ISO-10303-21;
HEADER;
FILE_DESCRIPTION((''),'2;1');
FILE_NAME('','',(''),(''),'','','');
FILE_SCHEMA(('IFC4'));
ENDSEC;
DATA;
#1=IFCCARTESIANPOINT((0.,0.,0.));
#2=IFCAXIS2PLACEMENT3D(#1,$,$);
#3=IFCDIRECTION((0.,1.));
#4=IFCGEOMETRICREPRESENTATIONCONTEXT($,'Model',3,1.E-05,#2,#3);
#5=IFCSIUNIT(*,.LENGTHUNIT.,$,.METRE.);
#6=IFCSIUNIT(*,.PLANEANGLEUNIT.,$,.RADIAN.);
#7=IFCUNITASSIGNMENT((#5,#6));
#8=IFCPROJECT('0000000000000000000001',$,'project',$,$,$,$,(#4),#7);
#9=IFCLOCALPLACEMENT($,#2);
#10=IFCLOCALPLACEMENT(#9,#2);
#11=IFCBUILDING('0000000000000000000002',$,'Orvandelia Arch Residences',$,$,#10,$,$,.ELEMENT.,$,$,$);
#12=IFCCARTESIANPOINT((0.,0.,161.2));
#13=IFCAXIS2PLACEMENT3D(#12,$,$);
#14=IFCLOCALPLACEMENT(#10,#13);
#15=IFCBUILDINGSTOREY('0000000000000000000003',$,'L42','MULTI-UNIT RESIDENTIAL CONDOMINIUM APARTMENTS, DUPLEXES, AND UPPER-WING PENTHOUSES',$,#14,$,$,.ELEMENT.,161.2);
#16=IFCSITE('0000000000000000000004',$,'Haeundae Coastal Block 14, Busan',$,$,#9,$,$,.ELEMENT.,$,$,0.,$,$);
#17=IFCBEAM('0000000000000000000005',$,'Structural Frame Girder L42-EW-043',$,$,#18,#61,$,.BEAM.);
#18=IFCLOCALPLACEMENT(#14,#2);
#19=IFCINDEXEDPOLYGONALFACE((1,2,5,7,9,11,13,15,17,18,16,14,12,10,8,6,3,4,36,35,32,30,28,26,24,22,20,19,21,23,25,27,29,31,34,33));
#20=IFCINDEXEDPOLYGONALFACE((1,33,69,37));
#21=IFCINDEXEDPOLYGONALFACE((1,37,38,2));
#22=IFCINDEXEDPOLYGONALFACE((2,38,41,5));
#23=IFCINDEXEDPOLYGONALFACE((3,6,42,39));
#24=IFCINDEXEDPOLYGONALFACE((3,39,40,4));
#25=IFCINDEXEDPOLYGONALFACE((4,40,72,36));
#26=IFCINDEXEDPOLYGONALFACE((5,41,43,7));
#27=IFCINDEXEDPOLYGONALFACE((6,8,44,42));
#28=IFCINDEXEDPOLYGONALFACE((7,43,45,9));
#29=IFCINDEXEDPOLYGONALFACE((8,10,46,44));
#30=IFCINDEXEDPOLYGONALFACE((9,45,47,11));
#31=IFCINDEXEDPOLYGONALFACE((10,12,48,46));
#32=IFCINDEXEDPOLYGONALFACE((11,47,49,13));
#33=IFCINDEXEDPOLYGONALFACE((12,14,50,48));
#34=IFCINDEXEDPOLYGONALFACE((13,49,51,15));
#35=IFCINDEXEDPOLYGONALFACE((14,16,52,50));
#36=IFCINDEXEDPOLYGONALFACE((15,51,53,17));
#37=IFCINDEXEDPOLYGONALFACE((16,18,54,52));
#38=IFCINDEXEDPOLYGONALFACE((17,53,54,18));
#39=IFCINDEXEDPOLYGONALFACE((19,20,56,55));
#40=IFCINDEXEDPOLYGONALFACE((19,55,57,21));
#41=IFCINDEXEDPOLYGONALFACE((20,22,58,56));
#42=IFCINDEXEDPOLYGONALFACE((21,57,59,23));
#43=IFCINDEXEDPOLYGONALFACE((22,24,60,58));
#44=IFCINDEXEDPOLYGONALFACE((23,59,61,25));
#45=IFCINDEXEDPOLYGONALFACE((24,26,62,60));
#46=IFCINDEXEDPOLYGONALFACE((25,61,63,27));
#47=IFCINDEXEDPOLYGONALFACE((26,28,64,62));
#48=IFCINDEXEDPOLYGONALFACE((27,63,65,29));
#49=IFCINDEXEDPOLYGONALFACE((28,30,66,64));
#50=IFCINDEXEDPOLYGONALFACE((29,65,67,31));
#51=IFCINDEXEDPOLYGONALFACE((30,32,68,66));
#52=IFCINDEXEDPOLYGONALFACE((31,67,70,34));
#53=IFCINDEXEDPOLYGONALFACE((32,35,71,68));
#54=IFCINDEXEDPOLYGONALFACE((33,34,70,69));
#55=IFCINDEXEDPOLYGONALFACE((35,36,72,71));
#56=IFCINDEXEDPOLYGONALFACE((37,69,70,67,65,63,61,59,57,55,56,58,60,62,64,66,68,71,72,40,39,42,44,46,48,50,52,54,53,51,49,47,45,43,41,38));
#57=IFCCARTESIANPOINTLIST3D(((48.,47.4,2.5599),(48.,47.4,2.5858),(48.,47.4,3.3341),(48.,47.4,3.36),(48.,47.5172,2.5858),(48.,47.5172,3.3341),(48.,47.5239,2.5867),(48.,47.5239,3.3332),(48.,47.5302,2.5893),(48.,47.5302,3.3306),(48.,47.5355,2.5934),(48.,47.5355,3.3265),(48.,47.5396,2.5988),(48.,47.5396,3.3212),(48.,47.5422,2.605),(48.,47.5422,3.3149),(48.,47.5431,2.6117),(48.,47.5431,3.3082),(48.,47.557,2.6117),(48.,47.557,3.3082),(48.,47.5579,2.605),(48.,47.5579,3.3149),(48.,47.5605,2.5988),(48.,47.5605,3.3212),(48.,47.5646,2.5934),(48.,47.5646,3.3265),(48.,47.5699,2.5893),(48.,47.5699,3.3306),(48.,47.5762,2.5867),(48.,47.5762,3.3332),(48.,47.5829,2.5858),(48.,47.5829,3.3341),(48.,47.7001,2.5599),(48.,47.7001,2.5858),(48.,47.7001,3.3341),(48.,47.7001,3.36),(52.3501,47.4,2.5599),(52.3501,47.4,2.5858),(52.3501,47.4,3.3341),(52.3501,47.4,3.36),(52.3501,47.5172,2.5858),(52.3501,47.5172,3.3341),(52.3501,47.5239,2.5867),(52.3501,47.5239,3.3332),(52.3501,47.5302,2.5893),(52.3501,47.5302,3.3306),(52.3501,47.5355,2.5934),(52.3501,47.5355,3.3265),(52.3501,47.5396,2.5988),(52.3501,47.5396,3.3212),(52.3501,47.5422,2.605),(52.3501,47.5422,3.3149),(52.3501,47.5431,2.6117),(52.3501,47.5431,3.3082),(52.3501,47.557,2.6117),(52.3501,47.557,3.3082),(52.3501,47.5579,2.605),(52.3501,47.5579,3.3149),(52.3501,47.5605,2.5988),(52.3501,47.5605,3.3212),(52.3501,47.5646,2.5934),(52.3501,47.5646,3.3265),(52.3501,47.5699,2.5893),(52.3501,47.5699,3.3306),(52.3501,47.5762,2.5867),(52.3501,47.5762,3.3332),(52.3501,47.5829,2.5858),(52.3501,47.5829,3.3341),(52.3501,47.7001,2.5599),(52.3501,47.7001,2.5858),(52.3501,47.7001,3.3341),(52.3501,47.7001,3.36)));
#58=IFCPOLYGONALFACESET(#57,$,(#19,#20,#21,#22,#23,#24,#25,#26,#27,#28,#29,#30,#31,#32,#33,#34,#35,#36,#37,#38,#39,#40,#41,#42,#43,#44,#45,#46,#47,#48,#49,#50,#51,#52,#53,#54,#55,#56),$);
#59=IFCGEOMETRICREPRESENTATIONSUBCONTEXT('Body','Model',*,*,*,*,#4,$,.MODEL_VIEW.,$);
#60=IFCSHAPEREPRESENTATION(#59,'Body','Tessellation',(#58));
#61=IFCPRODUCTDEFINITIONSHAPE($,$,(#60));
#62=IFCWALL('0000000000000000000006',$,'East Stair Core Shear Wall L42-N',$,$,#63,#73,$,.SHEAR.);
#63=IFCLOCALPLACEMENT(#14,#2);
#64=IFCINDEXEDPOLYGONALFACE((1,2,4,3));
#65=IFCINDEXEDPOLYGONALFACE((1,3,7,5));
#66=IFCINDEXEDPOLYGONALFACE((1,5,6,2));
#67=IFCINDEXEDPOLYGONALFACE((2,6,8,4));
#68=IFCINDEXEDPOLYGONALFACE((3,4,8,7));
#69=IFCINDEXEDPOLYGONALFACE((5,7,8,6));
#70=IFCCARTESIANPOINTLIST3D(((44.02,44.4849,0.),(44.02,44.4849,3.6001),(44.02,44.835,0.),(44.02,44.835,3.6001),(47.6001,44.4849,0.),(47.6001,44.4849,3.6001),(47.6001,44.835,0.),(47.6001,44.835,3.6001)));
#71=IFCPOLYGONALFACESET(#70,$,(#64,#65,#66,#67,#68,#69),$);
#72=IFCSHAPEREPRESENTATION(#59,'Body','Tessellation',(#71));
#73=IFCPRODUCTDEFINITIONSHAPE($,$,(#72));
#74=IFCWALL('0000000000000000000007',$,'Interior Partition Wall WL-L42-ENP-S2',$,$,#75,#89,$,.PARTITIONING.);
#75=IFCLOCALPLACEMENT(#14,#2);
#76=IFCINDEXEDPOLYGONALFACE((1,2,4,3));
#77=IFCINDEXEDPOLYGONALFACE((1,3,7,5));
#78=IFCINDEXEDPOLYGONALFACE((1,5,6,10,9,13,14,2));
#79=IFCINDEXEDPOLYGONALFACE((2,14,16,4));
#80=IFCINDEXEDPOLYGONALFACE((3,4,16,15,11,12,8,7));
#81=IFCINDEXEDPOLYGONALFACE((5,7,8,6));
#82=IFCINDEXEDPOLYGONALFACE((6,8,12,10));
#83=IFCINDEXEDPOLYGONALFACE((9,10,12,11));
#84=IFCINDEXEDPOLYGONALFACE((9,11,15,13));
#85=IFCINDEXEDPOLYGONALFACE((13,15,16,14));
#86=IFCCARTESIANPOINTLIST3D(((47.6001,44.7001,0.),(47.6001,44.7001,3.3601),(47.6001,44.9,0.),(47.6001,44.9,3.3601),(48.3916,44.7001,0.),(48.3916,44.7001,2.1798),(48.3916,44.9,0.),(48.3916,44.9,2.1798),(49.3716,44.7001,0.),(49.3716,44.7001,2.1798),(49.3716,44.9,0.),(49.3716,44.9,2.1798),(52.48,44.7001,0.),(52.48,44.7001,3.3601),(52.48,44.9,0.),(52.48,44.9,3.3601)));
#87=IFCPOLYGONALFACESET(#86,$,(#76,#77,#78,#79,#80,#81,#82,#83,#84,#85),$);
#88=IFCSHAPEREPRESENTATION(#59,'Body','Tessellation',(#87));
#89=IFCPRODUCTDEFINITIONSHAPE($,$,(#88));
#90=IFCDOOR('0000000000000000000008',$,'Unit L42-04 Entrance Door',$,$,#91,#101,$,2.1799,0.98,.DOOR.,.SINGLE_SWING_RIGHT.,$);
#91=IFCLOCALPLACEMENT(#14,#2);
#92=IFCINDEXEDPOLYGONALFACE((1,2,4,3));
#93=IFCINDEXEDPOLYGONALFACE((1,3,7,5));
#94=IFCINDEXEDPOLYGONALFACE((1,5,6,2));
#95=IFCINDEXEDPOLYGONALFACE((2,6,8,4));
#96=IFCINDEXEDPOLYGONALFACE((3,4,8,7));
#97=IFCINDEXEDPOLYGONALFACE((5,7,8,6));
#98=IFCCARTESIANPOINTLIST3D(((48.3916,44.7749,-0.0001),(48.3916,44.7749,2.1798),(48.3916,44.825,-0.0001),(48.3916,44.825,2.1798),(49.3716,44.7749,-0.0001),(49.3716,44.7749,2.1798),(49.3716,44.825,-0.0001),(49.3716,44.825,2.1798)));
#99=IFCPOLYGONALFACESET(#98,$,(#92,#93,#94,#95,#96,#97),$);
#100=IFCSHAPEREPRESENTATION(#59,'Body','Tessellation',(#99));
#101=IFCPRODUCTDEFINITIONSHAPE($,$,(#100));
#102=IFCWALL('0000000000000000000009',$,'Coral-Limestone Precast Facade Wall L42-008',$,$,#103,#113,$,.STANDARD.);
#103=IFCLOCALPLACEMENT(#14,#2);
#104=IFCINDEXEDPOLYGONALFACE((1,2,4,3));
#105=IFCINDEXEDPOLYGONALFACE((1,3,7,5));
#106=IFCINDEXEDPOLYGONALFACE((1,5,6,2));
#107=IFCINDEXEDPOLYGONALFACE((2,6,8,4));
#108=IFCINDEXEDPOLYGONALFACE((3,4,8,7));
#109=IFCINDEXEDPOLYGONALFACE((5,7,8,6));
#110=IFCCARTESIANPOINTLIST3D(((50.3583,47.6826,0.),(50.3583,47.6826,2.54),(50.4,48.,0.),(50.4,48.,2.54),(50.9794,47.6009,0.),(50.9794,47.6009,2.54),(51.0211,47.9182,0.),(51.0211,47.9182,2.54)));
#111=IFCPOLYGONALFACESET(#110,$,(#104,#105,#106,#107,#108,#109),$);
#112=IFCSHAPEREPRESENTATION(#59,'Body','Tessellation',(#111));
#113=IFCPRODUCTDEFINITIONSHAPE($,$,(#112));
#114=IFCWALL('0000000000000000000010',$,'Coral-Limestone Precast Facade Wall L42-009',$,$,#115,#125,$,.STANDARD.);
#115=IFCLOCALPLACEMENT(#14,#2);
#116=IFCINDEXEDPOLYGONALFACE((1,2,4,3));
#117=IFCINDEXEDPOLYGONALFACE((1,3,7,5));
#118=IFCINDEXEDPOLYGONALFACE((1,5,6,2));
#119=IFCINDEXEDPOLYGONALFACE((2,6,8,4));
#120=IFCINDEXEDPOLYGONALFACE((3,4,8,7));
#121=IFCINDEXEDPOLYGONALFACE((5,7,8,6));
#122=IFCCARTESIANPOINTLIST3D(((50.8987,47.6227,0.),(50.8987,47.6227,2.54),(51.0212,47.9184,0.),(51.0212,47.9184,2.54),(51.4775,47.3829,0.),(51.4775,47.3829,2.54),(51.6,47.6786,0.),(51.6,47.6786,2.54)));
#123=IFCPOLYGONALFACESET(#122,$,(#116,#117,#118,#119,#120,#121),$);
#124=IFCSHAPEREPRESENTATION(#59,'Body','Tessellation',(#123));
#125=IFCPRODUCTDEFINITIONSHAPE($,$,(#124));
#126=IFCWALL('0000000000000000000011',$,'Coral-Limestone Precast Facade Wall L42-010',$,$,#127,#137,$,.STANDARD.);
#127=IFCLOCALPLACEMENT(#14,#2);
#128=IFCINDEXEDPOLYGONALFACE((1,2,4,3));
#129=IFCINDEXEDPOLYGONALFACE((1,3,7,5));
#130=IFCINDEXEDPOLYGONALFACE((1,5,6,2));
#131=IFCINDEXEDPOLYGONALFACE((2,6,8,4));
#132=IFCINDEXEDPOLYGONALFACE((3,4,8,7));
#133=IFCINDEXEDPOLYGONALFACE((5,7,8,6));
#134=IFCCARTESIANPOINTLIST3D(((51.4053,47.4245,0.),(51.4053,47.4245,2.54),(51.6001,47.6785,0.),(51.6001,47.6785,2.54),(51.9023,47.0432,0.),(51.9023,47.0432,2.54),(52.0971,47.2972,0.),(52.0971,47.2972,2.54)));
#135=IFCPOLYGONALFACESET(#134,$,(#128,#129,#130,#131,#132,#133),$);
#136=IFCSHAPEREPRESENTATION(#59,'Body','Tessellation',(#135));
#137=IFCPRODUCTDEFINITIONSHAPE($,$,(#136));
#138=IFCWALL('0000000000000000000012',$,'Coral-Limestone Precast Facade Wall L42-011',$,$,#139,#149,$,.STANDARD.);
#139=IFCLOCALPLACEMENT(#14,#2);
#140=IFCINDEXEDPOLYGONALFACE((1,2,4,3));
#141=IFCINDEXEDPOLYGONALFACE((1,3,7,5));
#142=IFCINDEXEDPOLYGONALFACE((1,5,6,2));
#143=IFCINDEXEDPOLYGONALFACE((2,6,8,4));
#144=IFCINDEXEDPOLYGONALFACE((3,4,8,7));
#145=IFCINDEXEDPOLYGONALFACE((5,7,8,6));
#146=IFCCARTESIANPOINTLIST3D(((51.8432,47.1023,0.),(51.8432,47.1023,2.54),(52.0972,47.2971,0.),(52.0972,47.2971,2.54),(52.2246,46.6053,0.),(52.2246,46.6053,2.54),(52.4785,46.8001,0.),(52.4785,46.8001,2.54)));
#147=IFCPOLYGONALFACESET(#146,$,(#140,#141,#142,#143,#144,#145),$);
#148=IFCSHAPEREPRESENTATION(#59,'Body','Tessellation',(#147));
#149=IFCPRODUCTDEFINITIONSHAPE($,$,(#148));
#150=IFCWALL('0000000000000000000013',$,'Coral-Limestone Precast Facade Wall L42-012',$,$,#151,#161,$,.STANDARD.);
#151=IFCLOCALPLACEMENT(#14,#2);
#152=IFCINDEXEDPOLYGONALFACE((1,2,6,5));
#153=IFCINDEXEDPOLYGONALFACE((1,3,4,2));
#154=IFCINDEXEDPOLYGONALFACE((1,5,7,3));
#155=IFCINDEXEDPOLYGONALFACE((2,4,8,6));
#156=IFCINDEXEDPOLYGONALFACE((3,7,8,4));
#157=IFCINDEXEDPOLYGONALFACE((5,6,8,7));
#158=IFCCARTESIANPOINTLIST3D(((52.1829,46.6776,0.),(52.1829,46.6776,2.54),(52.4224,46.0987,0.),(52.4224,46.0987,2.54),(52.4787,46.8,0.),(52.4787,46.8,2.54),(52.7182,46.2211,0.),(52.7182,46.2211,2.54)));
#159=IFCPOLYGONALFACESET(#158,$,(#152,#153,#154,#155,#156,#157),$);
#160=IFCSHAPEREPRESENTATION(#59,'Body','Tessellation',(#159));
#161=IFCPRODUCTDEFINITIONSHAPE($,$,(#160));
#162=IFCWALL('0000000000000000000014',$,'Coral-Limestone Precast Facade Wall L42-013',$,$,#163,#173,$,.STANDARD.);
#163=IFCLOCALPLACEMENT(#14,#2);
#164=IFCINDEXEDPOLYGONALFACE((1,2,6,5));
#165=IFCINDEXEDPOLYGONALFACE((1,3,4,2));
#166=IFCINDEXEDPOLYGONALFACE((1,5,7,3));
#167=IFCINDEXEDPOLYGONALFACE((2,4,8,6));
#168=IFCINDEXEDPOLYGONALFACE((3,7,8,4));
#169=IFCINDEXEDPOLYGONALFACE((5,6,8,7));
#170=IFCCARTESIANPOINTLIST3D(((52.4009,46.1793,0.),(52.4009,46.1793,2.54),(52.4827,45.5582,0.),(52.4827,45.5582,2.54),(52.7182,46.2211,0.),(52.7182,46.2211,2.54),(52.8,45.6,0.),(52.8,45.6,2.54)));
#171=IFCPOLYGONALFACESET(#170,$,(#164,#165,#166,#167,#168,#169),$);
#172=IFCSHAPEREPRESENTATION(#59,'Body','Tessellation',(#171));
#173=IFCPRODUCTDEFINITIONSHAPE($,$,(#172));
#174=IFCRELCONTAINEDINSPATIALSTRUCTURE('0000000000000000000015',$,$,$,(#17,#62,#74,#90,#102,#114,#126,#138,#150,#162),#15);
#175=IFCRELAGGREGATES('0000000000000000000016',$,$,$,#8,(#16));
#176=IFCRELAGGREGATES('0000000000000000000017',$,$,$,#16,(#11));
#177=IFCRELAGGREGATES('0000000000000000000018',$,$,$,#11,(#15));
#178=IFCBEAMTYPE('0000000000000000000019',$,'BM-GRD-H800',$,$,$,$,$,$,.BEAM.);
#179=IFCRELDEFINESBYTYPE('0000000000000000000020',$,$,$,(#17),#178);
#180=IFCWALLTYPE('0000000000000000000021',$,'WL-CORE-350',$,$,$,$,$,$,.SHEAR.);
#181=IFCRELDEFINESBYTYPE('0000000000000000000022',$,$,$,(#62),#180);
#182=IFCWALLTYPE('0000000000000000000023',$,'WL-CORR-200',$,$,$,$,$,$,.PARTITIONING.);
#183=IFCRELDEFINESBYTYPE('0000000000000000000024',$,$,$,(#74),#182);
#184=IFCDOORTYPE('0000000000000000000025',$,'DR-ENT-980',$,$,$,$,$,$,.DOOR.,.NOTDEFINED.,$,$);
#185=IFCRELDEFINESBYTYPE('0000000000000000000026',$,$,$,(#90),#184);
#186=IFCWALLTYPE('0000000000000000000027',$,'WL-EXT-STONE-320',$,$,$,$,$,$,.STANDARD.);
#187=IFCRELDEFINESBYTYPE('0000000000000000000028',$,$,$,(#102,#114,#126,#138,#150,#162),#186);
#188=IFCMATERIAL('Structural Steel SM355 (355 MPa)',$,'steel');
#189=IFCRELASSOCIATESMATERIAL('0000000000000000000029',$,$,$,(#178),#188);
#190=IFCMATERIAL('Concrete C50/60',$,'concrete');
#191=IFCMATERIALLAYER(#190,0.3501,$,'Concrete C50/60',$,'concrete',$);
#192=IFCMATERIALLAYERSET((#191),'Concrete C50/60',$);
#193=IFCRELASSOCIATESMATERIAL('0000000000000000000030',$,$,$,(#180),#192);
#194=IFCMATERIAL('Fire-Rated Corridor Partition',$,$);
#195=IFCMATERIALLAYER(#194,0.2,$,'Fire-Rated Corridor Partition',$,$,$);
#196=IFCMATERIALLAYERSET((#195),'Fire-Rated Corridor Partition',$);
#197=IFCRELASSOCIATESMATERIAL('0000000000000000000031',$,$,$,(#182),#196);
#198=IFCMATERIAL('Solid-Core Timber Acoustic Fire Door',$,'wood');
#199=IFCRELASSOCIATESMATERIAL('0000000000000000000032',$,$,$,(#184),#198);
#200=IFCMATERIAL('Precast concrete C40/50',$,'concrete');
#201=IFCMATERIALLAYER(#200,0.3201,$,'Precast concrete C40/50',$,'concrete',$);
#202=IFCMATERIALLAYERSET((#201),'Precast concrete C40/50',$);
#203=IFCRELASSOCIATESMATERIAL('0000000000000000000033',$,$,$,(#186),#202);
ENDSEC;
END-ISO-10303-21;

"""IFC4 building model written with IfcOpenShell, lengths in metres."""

from ifc_helpers import new_model, si_unit, direction, frame, frame_2d, origin, origin_2d, place, context, subcontext, project, spatial, rectangle, i_section, extrude, material, layer, layer_set, material_profile, profile_set, type_object, element, fill, save


model = new_model("IFC4")

# Units and contexts
model_context = context("Model", 3, precision=1e-05, world=origin(), true_north=direction((0.0, 1.0)))
body_context = subcontext(model_context, "Body", "Model", "MODEL_VIEW")
ifc_project = project(units=[si_unit("LENGTHUNIT", "METRE"), si_unit("PLANEANGLEUNIT", "RADIAN")], contexts=[model_context])

# Site, building, storey
site_placement = place(None, origin())
site = spatial("IfcSite", under=ifc_project, at=site_placement, Name="Haeundae Coastal Block 14, Busan", CompositionType="ELEMENT", RefElevation=0.0)
building_placement = place(site_placement, origin())
building = spatial("IfcBuilding", under=site, at=building_placement, Name="Orvandelia Arch Residences", CompositionType="ELEMENT")
storey_placement = place(building_placement, frame((0.0, 0.0, 161.2)))
storey = spatial("IfcBuildingStorey", under=building, at=storey_placement, Name="L42", Description="MULTI-UNIT RESIDENTIAL CONDOMINIUM APARTMENTS, DUPLEXES, AND UPPER-WING PENTHOUSES", CompositionType="ELEMENT", Elevation=161.2)

# Beam
ifc_material_1 = material(Name="Structural Steel SM355 (355 MPa)", Category="steel")
ifc_material_profile_1 = material_profile(ifc_material_1, i_section(OverallWidth=0.3, OverallDepth=0.8, WebThickness=0.0139, FlangeThickness=0.0259, FilletRadius=0.0259, at=origin_2d()), Name="Structural Steel SM355 (355 MPa)", Category="steel")
ifc_profile_set_1 = profile_set([ifc_material_profile_1], Name="Structural Steel SM355 (355 MPa)")
beam_type = type_object("IfcBeamType", Name="BM-GRD-H800", PredefinedType="BEAM", material=ifc_profile_set_1)
beam_1_placement = place(storey_placement, frame((48.0, 47.55, 2.96), z_axis=(1.0, 0.0, 0.0), x_axis=(0.0, 1.0, 0.0)))
element("IfcBeam", 1, at=beam_1_placement, inside=storey, type_object=beam_type, Name="Structural Frame Girder L42-EW-043", PredefinedType="BEAM", context=body_context, shape_type="SweptSolid", body=[
    extrude(i_section(OverallWidth=0.3, OverallDepth=0.8, WebThickness=0.0139, FlangeThickness=0.0259, FilletRadius=0.0259, at=origin_2d()), origin(), (0.0, 0.0, 1.0), 4.3501),
])

# Wall
ifc_material_2 = material(Name="Concrete C50/60", Category="concrete")
ifc_layer_1 = layer(ifc_material_2, 0.3501, Name="Concrete C50/60", Category="concrete")
ifc_layer_set_1 = layer_set([ifc_layer_1], Name="Concrete C50/60")
wall_type_1 = type_object("IfcWallType", Name="WL-CORE-350", PredefinedType="SHEAR", material=ifc_layer_set_1)
wall_1_placement = place(storey_placement, frame((44.02, 44.6599, 0.0), z_axis=(0.0, 0.0, 1.0), x_axis=(1.0, 0.0, 0.0)))
element("IfcWall", 2, at=wall_1_placement, inside=storey, type_object=wall_type_1, Name="East Stair Core Shear Wall L42-N", PredefinedType="SHEAR", context=body_context, shape_type="SweptSolid", body=[
    extrude(rectangle(XDim=3.5801, YDim=0.3501, at=frame_2d((1.79, 0.0))), origin(), (0.0, 0.0, 1.0), 3.6001),
])

# Wall, opening, door
ifc_material_3 = material(Name="Fire-Rated Corridor Partition")
ifc_layer_2 = layer(ifc_material_3, 0.2, Name="Fire-Rated Corridor Partition")
ifc_layer_set_2 = layer_set([ifc_layer_2], Name="Fire-Rated Corridor Partition")
wall_type_2 = type_object("IfcWallType", Name="WL-CORR-200", PredefinedType="PARTITIONING", material=ifc_layer_set_2)
wall_2_placement = place(storey_placement, frame((47.6001, 44.8, 0.0), z_axis=(0.0, 0.0, 1.0), x_axis=(1.0, 0.0, 0.0)))
wall_2 = element("IfcWall", 3, at=wall_2_placement, inside=storey, type_object=wall_type_2, Name="Interior Partition Wall WL-L42-ENP-S2", PredefinedType="PARTITIONING", context=body_context, shape_type="SweptSolid", body=[
    extrude(rectangle(XDim=4.8799, YDim=0.2, at=frame_2d((2.4399, 0.0))), origin(), (0.0, 0.0, 1.0), 3.3601),
])
opening_1_placement = place(wall_2_placement, frame((0.7915, 0.0, 0.0)))
opening_1 = element("IfcOpeningElement", 4, at=opening_1_placement, cuts=wall_2, PredefinedType="OPENING", context=body_context, shape_type="SweptSolid", body=[
    extrude(rectangle(XDim=0.98, YDim=2.1799, at=frame_2d((0.49, 1.0898))), frame((0.0, 0.1099, 0.0), z_axis=(0.0, -1.0, 0.0), x_axis=(1.0, 0.0, 0.0)), (0.0, 0.0, 1.0), 0.22),
])
ifc_material_4 = material(Name="Solid-Core Timber Acoustic Fire Door", Category="wood")
door_type_1 = type_object("IfcDoorType", Name="DR-ENT-980", OperationType="NOTDEFINED", PredefinedType="DOOR", material=ifc_material_4)
door_1_placement = place(opening_1_placement, origin())
door_1 = element("IfcDoor", 5, at=door_1_placement, inside=storey, type_object=door_type_1, Name="Unit L42-04 Entrance Door", OperationType="SINGLE_SWING_RIGHT", OverallHeight=2.1799, OverallWidth=0.98, PredefinedType="DOOR", context=body_context, shape_type="SweptSolid", body=[
    extrude(rectangle(XDim=0.98, YDim=2.1799, at=frame_2d((0.49, 1.0898))), frame((0.0, 0.0249, 0.0), z_axis=(0.0, -1.0, 0.0), x_axis=(1.0, 0.0, 0.0)), (0.0, 0.0, 1.0), 0.05),
])
fill(opening_1, door_1)

# Walls
ifc_material_5 = material(Name="Precast concrete C40/50", Category="concrete")
ifc_layer_3 = layer(ifc_material_5, 0.3201, Name="Precast concrete C40/50", Category="concrete")
ifc_layer_set_3 = layer_set([ifc_layer_3], Name="Precast concrete C40/50")
wall_type_3 = type_object("IfcWallType", Name="WL-EXT-STONE-320", PredefinedType="STANDARD", material=ifc_layer_set_3)
for number, where, z_axis, x_axis, name in (
    (6, (50.3792, 47.8413, 0.0), (0.0, 0.0, 1.0), (0.991441, -0.130555, 0.0), "Coral-Limestone Precast Facade Wall L42-008"),
    (7, (50.96, 47.7705, 0.0), (0.0, 0.0, 1.0), (0.923893, -0.38265, 0.0), "Coral-Limestone Precast Facade Wall L42-009"),
    (8, (51.5027, 47.5515, 0.0), (0.0, 0.0, 1.0), (0.793406, -0.608693, 0.0), "Coral-Limestone Precast Facade Wall L42-010"),
    (9, (51.9702, 47.1997, 0.0), (0.0, 0.0, 1.0), (0.608693, -0.793406, 0.0), "Coral-Limestone Precast Facade Wall L42-011"),
    (10, (52.3308, 46.7388, 0.0), (0.0, 0.0, 1.0), (0.382317, -0.924031, 0.0), "Coral-Limestone Precast Facade Wall L42-012"),
    (11, (52.5596, 46.2002, 0.0), (0.0, 0.0, 1.0), (0.130555, -0.991441, 0.0), "Coral-Limestone Precast Facade Wall L42-013"),
):
    element("IfcWall", number, at=place(storey_placement, frame(where, z_axis=z_axis, x_axis=x_axis)), inside=storey, type_object=wall_type_3, Name=name, PredefinedType="STANDARD", context=body_context, shape_type="SweptSolid", body=[
        extrude(rectangle(XDim=0.6265, YDim=0.3201, at=frame_2d((0.3132, 0.0))), origin(), (0.0, 0.0, 1.0), 2.54),
    ])

save(model, "model.ifc")
